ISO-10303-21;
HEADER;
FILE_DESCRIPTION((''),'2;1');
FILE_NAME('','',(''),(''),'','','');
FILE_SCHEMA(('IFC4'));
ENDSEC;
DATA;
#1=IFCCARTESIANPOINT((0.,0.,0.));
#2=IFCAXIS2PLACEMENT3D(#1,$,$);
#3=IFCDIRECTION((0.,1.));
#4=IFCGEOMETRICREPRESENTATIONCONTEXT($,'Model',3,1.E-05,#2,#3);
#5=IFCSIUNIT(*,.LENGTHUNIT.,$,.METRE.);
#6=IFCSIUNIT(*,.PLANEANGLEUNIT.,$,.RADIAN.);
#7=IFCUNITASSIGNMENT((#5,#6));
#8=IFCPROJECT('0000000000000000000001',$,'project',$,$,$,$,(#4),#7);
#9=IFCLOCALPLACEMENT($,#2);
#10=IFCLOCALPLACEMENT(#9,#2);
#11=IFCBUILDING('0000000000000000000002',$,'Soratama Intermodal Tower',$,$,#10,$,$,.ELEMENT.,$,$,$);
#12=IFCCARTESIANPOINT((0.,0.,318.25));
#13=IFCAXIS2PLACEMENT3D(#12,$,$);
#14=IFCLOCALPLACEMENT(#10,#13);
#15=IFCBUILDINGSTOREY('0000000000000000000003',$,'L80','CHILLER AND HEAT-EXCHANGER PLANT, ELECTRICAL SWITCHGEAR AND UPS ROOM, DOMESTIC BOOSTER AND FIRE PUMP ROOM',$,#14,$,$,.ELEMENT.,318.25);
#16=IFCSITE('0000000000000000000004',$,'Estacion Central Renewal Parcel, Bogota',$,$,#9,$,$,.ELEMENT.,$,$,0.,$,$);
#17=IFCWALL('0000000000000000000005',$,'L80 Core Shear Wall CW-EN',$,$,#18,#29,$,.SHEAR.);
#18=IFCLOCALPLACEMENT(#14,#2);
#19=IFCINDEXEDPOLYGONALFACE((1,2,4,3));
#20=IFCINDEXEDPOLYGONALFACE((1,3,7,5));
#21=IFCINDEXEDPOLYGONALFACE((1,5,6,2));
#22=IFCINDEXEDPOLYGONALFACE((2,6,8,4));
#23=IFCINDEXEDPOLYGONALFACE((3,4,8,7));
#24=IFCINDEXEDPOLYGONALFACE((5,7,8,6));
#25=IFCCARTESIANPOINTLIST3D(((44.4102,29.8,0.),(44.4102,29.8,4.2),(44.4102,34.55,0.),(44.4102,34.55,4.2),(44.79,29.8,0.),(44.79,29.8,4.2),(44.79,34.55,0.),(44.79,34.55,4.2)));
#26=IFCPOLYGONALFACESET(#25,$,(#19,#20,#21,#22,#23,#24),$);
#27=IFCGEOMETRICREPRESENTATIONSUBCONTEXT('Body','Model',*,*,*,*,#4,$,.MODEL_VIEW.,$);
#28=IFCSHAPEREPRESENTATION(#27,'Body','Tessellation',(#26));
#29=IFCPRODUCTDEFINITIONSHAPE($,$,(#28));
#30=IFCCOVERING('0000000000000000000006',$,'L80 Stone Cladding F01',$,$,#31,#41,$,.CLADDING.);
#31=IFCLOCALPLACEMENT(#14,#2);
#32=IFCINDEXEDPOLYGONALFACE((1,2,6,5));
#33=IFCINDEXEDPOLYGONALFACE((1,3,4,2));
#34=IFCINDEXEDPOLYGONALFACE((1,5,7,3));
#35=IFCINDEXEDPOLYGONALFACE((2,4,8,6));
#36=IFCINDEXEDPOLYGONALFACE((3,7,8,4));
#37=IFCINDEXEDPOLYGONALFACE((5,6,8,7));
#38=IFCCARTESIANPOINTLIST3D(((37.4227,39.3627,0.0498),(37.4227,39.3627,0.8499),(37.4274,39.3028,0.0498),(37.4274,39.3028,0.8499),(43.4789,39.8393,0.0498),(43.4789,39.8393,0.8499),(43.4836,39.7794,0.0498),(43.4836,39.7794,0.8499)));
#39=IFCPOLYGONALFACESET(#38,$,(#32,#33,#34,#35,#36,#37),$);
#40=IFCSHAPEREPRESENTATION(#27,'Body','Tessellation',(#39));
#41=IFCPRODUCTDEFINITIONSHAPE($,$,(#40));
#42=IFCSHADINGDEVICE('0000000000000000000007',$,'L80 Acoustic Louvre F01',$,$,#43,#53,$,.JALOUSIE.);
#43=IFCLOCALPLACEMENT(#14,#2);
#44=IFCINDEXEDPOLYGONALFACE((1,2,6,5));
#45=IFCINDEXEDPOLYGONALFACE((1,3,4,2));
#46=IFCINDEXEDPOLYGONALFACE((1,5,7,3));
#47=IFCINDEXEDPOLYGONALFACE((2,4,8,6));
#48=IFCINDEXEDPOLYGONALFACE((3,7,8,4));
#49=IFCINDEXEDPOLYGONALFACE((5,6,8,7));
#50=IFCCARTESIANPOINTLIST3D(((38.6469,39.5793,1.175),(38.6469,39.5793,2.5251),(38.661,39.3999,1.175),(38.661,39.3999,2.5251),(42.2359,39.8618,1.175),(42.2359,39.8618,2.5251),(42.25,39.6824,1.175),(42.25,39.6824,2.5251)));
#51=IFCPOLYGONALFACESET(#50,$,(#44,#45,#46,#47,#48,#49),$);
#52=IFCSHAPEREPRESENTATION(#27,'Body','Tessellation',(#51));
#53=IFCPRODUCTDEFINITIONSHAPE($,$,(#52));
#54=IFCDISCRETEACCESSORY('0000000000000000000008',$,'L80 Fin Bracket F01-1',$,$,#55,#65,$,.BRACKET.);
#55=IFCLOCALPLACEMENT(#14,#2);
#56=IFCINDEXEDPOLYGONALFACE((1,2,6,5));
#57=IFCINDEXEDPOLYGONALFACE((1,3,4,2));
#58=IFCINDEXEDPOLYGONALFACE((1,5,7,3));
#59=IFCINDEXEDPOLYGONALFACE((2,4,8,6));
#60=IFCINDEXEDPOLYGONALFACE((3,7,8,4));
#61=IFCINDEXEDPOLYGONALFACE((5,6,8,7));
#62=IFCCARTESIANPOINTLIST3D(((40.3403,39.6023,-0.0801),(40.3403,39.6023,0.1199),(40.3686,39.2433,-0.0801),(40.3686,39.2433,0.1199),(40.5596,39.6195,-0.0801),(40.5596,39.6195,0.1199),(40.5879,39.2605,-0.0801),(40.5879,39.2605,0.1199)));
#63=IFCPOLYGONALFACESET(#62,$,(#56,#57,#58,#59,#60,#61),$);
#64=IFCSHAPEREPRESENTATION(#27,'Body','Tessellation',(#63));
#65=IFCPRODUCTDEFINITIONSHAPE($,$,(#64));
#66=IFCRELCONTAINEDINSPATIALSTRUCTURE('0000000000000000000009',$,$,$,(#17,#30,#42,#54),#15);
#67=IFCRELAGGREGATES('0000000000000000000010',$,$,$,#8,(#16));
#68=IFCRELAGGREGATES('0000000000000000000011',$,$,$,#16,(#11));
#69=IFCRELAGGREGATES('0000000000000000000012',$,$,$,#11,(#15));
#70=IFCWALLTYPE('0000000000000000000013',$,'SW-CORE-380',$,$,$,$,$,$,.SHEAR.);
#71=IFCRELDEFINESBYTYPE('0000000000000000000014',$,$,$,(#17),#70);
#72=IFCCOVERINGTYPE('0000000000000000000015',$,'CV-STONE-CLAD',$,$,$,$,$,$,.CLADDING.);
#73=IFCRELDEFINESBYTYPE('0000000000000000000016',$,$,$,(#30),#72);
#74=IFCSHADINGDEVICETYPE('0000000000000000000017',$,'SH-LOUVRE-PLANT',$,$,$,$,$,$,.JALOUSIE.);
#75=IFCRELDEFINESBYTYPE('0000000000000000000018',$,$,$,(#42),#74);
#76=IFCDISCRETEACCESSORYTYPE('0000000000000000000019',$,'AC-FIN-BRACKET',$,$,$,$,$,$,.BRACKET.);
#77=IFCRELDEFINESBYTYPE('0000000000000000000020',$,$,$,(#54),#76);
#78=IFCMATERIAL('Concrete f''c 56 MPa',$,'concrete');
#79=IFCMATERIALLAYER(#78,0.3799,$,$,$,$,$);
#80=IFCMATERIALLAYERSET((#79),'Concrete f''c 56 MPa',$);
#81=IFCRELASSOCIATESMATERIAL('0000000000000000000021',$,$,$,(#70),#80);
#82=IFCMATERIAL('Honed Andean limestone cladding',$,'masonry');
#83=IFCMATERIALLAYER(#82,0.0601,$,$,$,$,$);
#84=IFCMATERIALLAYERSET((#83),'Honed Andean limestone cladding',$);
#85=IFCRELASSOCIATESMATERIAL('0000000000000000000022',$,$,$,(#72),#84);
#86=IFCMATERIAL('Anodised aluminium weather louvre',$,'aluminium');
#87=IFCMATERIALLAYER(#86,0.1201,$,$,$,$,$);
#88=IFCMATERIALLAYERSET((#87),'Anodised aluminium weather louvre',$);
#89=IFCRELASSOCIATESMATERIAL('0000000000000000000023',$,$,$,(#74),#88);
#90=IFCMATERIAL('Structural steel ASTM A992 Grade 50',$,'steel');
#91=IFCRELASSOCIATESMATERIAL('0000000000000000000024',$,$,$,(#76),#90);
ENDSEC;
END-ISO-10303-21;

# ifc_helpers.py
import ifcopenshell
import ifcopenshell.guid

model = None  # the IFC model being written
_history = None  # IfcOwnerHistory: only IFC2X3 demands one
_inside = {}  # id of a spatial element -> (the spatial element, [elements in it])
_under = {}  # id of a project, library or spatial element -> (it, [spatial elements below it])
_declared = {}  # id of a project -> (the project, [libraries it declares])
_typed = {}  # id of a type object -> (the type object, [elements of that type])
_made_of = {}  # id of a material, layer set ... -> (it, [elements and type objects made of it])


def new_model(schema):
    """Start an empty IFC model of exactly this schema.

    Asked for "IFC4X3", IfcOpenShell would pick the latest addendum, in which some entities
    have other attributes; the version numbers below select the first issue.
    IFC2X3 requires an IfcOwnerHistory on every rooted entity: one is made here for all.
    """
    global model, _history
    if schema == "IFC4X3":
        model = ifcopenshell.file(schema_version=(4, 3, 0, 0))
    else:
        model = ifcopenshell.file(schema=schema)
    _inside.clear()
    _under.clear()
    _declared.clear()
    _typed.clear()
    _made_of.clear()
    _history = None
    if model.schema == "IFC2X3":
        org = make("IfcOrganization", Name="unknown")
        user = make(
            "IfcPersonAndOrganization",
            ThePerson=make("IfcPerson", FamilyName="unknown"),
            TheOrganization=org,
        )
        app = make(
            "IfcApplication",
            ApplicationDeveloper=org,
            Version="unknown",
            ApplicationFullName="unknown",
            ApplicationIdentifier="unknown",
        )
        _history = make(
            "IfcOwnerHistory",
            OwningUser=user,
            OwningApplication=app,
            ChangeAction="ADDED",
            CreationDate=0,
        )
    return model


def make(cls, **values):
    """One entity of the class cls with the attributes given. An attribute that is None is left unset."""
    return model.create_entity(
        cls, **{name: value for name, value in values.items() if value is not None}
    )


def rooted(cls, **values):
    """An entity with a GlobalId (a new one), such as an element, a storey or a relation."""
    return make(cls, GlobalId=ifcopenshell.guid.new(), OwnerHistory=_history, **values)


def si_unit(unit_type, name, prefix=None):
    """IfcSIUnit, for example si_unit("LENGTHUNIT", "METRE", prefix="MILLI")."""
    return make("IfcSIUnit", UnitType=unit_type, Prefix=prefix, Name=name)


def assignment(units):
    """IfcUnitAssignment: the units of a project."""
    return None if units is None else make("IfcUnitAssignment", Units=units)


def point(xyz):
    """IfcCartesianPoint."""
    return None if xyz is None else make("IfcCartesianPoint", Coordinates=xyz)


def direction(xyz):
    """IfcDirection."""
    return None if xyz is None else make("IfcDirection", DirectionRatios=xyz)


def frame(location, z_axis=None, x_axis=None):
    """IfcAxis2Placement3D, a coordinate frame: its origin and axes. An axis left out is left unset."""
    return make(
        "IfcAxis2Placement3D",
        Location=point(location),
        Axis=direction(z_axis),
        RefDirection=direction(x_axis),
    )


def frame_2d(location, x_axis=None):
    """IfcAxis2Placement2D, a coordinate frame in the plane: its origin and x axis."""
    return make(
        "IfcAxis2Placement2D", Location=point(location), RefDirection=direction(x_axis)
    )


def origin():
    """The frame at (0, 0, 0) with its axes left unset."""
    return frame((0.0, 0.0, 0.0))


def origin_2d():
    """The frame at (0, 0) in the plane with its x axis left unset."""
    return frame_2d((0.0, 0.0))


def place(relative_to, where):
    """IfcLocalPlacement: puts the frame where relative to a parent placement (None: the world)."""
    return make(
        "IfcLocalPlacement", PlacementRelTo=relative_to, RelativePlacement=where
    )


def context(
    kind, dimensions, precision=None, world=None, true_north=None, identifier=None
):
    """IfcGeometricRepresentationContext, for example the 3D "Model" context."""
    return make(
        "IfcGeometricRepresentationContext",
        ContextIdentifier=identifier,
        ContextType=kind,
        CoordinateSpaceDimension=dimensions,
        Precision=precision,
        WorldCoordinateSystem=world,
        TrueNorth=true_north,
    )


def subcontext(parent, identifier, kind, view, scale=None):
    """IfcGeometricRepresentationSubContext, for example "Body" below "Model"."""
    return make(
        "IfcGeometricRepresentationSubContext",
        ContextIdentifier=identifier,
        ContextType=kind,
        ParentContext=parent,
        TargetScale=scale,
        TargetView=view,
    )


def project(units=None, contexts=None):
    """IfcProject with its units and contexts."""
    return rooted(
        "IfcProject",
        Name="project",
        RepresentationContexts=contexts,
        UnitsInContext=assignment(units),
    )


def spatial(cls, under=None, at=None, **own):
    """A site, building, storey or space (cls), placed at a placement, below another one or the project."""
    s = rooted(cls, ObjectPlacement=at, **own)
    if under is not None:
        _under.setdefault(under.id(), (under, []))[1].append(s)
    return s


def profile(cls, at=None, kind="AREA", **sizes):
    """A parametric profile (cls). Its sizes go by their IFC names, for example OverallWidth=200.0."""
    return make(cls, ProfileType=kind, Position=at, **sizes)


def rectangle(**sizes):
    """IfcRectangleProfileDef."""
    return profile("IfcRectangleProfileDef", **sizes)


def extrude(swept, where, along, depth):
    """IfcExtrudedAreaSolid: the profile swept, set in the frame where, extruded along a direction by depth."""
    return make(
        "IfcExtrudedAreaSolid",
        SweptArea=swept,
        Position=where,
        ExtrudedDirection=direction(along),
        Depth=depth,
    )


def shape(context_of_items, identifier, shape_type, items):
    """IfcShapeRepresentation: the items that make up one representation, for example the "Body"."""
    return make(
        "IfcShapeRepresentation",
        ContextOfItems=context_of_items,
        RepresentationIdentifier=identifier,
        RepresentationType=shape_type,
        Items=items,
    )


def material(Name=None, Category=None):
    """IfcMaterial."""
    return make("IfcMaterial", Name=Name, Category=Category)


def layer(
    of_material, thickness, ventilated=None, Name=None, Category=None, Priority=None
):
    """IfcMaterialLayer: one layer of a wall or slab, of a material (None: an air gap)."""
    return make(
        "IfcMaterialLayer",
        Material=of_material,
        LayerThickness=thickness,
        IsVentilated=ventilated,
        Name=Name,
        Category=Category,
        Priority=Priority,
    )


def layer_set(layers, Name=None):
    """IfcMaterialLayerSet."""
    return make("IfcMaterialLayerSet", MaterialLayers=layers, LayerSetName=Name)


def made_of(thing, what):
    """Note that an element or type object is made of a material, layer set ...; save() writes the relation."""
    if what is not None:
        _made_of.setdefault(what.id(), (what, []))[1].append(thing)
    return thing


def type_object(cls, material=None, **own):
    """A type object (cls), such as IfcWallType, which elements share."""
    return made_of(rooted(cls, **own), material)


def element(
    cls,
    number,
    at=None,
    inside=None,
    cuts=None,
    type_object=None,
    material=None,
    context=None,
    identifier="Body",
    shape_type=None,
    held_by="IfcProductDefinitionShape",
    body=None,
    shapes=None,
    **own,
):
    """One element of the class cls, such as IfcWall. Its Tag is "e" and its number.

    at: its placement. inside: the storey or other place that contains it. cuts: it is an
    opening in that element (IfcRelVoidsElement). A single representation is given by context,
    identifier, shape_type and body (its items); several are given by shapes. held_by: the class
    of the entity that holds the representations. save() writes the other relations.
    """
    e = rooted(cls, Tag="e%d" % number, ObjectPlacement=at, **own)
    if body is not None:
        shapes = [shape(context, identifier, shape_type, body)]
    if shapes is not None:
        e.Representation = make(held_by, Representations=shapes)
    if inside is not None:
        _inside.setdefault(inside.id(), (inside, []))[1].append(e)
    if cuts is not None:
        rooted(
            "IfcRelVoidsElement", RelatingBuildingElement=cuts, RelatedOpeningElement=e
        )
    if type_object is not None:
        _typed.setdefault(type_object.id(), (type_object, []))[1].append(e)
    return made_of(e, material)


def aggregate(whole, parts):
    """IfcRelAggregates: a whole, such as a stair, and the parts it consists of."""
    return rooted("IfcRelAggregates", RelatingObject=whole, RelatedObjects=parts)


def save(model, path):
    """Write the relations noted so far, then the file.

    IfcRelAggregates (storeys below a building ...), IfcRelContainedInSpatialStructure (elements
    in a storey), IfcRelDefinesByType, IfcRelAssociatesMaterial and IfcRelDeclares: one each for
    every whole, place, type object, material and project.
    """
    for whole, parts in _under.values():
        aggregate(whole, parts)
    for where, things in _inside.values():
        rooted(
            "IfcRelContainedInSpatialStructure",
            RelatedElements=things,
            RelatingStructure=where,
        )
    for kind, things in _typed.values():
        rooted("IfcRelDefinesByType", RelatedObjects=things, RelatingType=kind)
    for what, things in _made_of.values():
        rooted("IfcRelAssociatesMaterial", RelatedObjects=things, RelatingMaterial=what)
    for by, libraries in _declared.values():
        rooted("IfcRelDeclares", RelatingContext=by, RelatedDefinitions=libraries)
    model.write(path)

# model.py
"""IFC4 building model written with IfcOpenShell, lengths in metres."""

from ifc_helpers import new_model, si_unit, direction, frame, frame_2d, origin, origin_2d, place, context, subcontext, project, spatial, rectangle, extrude, material, layer, layer_set, type_object, element, save


model = new_model("IFC4")

# Units and contexts
model_context = context("Model", 3, precision=1e-05, world=origin(), true_north=direction((0.0, 1.0)))
body_context = subcontext(model_context, "Body", "Model", "MODEL_VIEW")
ifc_project = project(units=[si_unit("LENGTHUNIT", "METRE"), si_unit("PLANEANGLEUNIT", "RADIAN")], contexts=[model_context])

# Site, building, storey
site_placement = place(None, origin())
site = spatial("IfcSite", under=ifc_project, at=site_placement, Name="Estacion Central Renewal Parcel, Bogota", CompositionType="ELEMENT", RefElevation=0.0)
building_placement = place(site_placement, origin())
building = spatial("IfcBuilding", under=site, at=building_placement, Name="Soratama Intermodal Tower", CompositionType="ELEMENT")
storey_placement = place(building_placement, frame((0.0, 0.0, 318.25)))
storey = spatial("IfcBuildingStorey", under=building, at=storey_placement, Name="L80", Description="CHILLER AND HEAT-EXCHANGER PLANT, ELECTRICAL SWITCHGEAR AND UPS ROOM, DOMESTIC BOOSTER AND FIRE PUMP ROOM", CompositionType="ELEMENT", Elevation=318.25)

# Wall
ifc_material_1 = material(Name="Concrete f'c 56 MPa", Category="concrete")
ifc_layer_1 = layer(ifc_material_1, 0.3799)
ifc_layer_set_1 = layer_set([ifc_layer_1], Name="Concrete f'c 56 MPa")
wall_type_1 = type_object("IfcWallType", Name="SW-CORE-380", PredefinedType="SHEAR", material=ifc_layer_set_1)
wall_1_placement = place(storey_placement, frame((44.6001, 29.8, 0.0), z_axis=(0.0, 0.0, 1.0), x_axis=(0.0, 1.0, 0.0)))
element("IfcWall", 1, at=wall_1_placement, inside=storey, type_object=wall_type_1, Name="L80 Core Shear Wall CW-EN", PredefinedType="SHEAR", context=body_context, shape_type="SweptSolid", body=[
    extrude(rectangle(XDim=4.75, YDim=0.3799, at=frame_2d((2.375, 0.0))), origin(), (0.0, 0.0, 1.0), 4.2),
])

# Covering
ifc_material_2 = material(Name="Honed Andean limestone cladding", Category="masonry")
ifc_layer_2 = layer(ifc_material_2, 0.0601)
ifc_layer_set_2 = layer_set([ifc_layer_2], Name="Honed Andean limestone cladding")
covering_type = type_object("IfcCoveringType", Name="CV-STONE-CLAD", PredefinedType="CLADDING", material=ifc_layer_set_2)
covering_placement = place(storey_placement, frame((40.4531, 39.571, 0.0498), z_axis=(0.0, 0.0, 1.0), x_axis=(-0.996917, -0.078459, 0.0)))
element("IfcCovering", 2, at=covering_placement, inside=storey, type_object=covering_type, Name="L80 Stone Cladding F01", PredefinedType="CLADDING", context=body_context, shape_type="SweptSolid", body=[
    extrude(rectangle(XDim=6.075, YDim=0.0601, at=origin_2d()), origin(), (0.0, 0.0, 1.0), 0.8),
])

# Shading device
ifc_material_3 = material(Name="Anodised aluminium weather louvre", Category="aluminium")
ifc_layer_3 = layer(ifc_material_3, 0.1201)
ifc_layer_set_3 = layer_set([ifc_layer_3], Name="Anodised aluminium weather louvre")
shading_device_type = type_object("IfcShadingDeviceType", Name="SH-LOUVRE-PLANT", PredefinedType="JALOUSIE", material=ifc_layer_set_3)
shading_device_placement = place(storey_placement, frame((40.4485, 39.6309, 1.175), z_axis=(0.0, 0.0, 1.0), x_axis=(-0.996917, -0.078459, 0.0)))
element("IfcShadingDevice", 3, at=shading_device_placement, inside=storey, type_object=shading_device_type, Name="L80 Acoustic Louvre F01", PredefinedType="JALOUSIE", context=body_context, shape_type="SweptSolid", body=[
    extrude(rectangle(XDim=3.6001, YDim=0.1799, at=origin_2d()), origin(), (0.0, 0.0, 1.0), 1.3501),
])

# Discrete accessory
ifc_material_4 = material(Name="Structural steel ASTM A992 Grade 50", Category="steel")
discrete_accessory_type = type_object("IfcDiscreteAccessoryType", Name="AC-FIN-BRACKET", PredefinedType="BRACKET", material=ifc_material_4)
discrete_accessory_placement = place(storey_placement, frame((40.4641, 39.4314, -0.0801), z_axis=(0.0, 0.0, 1.0), x_axis=(-0.078459, 0.996917, 0.0)))
element("IfcDiscreteAccessory", 4, at=discrete_accessory_placement, inside=storey, type_object=discrete_accessory_type, Name="L80 Fin Bracket F01-1", PredefinedType="BRACKET", context=body_context, shape_type="SweptSolid", body=[
    extrude(rectangle(XDim=0.3601, YDim=0.22, at=origin_2d()), origin(), (0.0, 0.0, 1.0), 0.2),
])

save(model, "model.ifc")
